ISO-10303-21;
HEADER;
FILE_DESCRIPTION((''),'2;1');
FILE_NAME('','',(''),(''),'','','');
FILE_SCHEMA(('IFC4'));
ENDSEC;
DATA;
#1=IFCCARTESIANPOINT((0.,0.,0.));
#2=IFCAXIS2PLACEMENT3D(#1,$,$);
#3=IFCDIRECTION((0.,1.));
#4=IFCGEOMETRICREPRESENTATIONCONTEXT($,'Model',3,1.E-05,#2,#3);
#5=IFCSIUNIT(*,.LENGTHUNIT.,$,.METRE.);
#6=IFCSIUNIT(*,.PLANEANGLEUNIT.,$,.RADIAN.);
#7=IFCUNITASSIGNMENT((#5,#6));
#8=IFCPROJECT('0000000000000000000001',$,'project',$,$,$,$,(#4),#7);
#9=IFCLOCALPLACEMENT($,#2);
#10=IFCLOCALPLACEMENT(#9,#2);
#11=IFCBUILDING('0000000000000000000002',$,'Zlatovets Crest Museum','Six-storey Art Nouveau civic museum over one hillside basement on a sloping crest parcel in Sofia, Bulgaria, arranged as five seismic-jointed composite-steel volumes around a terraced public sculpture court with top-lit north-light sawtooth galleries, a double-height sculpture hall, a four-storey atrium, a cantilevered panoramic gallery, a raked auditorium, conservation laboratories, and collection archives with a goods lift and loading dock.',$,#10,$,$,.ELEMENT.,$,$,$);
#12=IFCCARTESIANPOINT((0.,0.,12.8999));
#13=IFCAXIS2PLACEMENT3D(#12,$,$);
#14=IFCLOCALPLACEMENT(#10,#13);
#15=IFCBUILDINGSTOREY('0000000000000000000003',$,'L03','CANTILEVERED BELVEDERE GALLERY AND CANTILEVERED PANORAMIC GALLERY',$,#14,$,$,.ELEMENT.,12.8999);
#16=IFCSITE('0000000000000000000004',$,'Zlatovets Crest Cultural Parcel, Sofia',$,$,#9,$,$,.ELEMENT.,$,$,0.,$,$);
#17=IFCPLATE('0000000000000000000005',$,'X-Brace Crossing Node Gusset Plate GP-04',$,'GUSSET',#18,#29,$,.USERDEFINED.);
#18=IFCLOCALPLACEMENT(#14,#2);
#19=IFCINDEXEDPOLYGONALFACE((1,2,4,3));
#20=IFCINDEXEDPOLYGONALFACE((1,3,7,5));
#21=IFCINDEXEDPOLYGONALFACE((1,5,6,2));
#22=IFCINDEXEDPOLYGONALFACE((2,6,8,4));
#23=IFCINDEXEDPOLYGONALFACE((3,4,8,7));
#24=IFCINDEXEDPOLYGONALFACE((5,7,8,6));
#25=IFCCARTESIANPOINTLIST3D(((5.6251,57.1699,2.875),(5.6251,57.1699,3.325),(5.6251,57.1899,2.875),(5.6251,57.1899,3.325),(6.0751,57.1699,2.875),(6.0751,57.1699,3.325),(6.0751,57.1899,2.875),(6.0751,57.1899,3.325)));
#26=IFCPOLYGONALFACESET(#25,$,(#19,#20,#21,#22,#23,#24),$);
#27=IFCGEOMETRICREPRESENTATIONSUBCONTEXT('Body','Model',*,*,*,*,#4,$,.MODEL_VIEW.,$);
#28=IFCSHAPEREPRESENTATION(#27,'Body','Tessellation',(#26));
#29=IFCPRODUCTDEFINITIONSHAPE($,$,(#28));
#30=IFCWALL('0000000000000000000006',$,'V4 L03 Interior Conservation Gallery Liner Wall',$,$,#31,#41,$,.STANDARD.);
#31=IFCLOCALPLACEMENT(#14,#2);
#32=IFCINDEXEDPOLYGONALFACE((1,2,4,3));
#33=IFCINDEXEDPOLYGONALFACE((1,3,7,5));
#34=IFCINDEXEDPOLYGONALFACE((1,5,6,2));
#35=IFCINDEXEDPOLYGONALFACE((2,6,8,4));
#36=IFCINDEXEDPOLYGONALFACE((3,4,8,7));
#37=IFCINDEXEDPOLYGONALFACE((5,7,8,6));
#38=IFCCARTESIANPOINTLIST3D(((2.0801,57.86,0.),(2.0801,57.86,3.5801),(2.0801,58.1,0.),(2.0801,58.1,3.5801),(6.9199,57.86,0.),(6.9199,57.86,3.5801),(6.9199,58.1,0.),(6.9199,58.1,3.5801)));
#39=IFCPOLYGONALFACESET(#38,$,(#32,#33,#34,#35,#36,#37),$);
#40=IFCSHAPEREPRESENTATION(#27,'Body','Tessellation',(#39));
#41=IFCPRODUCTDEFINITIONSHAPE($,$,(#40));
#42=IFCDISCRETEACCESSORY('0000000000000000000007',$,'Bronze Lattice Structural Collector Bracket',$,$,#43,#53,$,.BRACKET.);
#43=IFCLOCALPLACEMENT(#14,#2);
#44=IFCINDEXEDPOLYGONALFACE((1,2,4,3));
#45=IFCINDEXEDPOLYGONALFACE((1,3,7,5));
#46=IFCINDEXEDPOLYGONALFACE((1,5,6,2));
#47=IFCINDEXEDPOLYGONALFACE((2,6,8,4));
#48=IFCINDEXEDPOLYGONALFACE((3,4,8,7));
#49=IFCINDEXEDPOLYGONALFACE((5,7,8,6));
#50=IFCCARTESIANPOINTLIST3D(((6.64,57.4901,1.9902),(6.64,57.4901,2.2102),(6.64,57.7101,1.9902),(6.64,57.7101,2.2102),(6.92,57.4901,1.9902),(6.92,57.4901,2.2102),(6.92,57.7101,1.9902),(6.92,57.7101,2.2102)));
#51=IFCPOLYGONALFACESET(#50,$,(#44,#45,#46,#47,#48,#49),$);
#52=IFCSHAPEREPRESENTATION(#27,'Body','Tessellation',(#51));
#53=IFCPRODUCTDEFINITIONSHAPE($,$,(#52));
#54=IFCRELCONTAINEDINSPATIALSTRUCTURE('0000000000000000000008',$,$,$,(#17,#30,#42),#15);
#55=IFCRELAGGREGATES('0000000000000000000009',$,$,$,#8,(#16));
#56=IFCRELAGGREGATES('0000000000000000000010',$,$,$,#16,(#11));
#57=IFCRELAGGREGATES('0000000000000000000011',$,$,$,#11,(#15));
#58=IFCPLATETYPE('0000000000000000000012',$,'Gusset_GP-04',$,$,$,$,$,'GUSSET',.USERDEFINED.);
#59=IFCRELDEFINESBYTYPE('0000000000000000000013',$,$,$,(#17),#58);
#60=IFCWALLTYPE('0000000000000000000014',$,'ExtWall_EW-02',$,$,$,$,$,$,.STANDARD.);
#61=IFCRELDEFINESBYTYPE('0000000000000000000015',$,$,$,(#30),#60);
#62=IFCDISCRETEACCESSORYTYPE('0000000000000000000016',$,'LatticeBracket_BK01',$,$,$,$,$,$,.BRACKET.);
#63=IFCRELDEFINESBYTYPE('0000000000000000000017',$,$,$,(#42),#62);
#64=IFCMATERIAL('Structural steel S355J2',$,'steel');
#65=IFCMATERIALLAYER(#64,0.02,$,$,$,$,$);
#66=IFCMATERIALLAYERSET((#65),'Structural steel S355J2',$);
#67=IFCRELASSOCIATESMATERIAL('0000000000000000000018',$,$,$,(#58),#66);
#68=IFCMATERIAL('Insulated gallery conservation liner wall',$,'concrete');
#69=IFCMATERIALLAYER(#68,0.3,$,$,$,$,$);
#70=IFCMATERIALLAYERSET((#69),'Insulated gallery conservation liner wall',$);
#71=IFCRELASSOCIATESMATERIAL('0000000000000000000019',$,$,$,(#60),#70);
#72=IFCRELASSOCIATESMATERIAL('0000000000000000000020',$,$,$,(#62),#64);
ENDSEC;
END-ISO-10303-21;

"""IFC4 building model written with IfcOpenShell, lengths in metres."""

from ifc_helpers import new_model, si_unit, direction, frame, frame_2d, origin, origin_2d, place, context, subcontext, project, spatial, rectangle, extrude, material, layer, layer_set, type_object, element, save


model = new_model("IFC4")

# Units and contexts
model_context = context("Model", 3, precision=1e-05, world=origin(), true_north=direction((0.0, 1.0)))
body_context = subcontext(model_context, "Body", "Model", "MODEL_VIEW")
ifc_project = project(units=[si_unit("LENGTHUNIT", "METRE"), si_unit("PLANEANGLEUNIT", "RADIAN")], contexts=[model_context])

# Site, building, storey
site_placement = place(None, origin())
site = spatial("IfcSite", under=ifc_project, at=site_placement, Name="Zlatovets Crest Cultural Parcel, Sofia", CompositionType="ELEMENT", RefElevation=0.0)
building_placement = place(site_placement, origin())
building = spatial("IfcBuilding", under=site, at=building_placement, Name="Zlatovets Crest Museum", Description="Six-storey Art Nouveau civic museum over one hillside basement on a sloping crest parcel in Sofia, Bulgaria, arranged as five seismic-jointed composite-steel volumes around a terraced public sculpture court with top-lit north-light sawtooth galleries, a double-height sculpture hall, a four-storey atrium, a cantilevered panoramic gallery, a raked auditorium, conservation laboratories, and collection archives with a goods lift and loading dock.", CompositionType="ELEMENT")
storey_placement = place(building_placement, frame((0.0, 0.0, 12.8999)))
storey = spatial("IfcBuildingStorey", under=building, at=storey_placement, Name="L03", Description="CANTILEVERED BELVEDERE GALLERY AND CANTILEVERED PANORAMIC GALLERY", CompositionType="ELEMENT", Elevation=12.8999)

# Shared definitions
ifc_material_1 = material(Name="Structural steel S355J2", Category="steel")

# Plate
ifc_layer_1 = layer(ifc_material_1, 0.02)
ifc_layer_set_1 = layer_set([ifc_layer_1], Name="Structural steel S355J2")
plate_type_1 = type_object("IfcPlateType", Name="Gusset_GP-04", ElementType="GUSSET", PredefinedType="USERDEFINED", material=ifc_layer_set_1)
for number, where, z_axis, x_axis, name in (
    (1, (5.8501, 57.1799, 2.875), (0.0, 0.0, 1.0), (1.0, 0.0, 0.0), "X-Brace Crossing Node Gusset Plate GP-04"),
):
    element("IfcPlate", number, at=place(storey_placement, frame(where, z_axis=z_axis, x_axis=x_axis)), inside=storey, type_object=plate_type_1, Name=name, ObjectType="GUSSET", PredefinedType="USERDEFINED", context=body_context, shape_type="SweptSolid", body=[
        extrude(rectangle(XDim=0.45, YDim=0.02, at=origin_2d()), origin(), (0.0, 0.0, 1.0), 0.45),
    ])

# Wall
ifc_material_2 = material(Name="Insulated gallery conservation liner wall", Category="concrete")
ifc_layer_2 = layer(ifc_material_2, 0.3)
ifc_layer_set_2 = layer_set([ifc_layer_2], Name="Insulated gallery conservation liner wall")
wall_type = type_object("IfcWallType", Name="ExtWall_EW-02", PredefinedType="STANDARD", material=ifc_layer_set_2)
wall_placement = place(storey_placement, frame((2.0801, 57.98, 0.0), z_axis=(0.0, 0.0, 1.0), x_axis=(1.0, 0.0, 0.0)))
element("IfcWall", 2, at=wall_placement, inside=storey, type_object=wall_type, Name="V4 L03 Interior Conservation Gallery Liner Wall", PredefinedType="STANDARD", context=body_context, shape_type="SweptSolid", body=[
    extrude(rectangle(XDim=4.8398, YDim=0.24, at=frame_2d((2.4199, 0.0))), origin(), (0.0, 0.0, 1.0), 3.5801),
])

# Discrete accessory
discrete_accessory_type = type_object("IfcDiscreteAccessoryType", Name="LatticeBracket_BK01", PredefinedType="BRACKET", material=ifc_material_1)
discrete_accessory_placement = place(storey_placement, frame((6.78, 57.6001, 1.9902), z_axis=(0.0, 0.0, 1.0), x_axis=(1.0, 0.0, 0.0)))
element("IfcDiscreteAccessory", 3, at=discrete_accessory_placement, inside=storey, type_object=discrete_accessory_type, Name="Bronze Lattice Structural Collector Bracket", PredefinedType="BRACKET", context=body_context, shape_type="SweptSolid", body=[
    extrude(rectangle(XDim=0.28, YDim=0.22, at=origin_2d()), origin(), (0.0, 0.0, 1.0), 0.22),
])

save(model, "model.ifc")
